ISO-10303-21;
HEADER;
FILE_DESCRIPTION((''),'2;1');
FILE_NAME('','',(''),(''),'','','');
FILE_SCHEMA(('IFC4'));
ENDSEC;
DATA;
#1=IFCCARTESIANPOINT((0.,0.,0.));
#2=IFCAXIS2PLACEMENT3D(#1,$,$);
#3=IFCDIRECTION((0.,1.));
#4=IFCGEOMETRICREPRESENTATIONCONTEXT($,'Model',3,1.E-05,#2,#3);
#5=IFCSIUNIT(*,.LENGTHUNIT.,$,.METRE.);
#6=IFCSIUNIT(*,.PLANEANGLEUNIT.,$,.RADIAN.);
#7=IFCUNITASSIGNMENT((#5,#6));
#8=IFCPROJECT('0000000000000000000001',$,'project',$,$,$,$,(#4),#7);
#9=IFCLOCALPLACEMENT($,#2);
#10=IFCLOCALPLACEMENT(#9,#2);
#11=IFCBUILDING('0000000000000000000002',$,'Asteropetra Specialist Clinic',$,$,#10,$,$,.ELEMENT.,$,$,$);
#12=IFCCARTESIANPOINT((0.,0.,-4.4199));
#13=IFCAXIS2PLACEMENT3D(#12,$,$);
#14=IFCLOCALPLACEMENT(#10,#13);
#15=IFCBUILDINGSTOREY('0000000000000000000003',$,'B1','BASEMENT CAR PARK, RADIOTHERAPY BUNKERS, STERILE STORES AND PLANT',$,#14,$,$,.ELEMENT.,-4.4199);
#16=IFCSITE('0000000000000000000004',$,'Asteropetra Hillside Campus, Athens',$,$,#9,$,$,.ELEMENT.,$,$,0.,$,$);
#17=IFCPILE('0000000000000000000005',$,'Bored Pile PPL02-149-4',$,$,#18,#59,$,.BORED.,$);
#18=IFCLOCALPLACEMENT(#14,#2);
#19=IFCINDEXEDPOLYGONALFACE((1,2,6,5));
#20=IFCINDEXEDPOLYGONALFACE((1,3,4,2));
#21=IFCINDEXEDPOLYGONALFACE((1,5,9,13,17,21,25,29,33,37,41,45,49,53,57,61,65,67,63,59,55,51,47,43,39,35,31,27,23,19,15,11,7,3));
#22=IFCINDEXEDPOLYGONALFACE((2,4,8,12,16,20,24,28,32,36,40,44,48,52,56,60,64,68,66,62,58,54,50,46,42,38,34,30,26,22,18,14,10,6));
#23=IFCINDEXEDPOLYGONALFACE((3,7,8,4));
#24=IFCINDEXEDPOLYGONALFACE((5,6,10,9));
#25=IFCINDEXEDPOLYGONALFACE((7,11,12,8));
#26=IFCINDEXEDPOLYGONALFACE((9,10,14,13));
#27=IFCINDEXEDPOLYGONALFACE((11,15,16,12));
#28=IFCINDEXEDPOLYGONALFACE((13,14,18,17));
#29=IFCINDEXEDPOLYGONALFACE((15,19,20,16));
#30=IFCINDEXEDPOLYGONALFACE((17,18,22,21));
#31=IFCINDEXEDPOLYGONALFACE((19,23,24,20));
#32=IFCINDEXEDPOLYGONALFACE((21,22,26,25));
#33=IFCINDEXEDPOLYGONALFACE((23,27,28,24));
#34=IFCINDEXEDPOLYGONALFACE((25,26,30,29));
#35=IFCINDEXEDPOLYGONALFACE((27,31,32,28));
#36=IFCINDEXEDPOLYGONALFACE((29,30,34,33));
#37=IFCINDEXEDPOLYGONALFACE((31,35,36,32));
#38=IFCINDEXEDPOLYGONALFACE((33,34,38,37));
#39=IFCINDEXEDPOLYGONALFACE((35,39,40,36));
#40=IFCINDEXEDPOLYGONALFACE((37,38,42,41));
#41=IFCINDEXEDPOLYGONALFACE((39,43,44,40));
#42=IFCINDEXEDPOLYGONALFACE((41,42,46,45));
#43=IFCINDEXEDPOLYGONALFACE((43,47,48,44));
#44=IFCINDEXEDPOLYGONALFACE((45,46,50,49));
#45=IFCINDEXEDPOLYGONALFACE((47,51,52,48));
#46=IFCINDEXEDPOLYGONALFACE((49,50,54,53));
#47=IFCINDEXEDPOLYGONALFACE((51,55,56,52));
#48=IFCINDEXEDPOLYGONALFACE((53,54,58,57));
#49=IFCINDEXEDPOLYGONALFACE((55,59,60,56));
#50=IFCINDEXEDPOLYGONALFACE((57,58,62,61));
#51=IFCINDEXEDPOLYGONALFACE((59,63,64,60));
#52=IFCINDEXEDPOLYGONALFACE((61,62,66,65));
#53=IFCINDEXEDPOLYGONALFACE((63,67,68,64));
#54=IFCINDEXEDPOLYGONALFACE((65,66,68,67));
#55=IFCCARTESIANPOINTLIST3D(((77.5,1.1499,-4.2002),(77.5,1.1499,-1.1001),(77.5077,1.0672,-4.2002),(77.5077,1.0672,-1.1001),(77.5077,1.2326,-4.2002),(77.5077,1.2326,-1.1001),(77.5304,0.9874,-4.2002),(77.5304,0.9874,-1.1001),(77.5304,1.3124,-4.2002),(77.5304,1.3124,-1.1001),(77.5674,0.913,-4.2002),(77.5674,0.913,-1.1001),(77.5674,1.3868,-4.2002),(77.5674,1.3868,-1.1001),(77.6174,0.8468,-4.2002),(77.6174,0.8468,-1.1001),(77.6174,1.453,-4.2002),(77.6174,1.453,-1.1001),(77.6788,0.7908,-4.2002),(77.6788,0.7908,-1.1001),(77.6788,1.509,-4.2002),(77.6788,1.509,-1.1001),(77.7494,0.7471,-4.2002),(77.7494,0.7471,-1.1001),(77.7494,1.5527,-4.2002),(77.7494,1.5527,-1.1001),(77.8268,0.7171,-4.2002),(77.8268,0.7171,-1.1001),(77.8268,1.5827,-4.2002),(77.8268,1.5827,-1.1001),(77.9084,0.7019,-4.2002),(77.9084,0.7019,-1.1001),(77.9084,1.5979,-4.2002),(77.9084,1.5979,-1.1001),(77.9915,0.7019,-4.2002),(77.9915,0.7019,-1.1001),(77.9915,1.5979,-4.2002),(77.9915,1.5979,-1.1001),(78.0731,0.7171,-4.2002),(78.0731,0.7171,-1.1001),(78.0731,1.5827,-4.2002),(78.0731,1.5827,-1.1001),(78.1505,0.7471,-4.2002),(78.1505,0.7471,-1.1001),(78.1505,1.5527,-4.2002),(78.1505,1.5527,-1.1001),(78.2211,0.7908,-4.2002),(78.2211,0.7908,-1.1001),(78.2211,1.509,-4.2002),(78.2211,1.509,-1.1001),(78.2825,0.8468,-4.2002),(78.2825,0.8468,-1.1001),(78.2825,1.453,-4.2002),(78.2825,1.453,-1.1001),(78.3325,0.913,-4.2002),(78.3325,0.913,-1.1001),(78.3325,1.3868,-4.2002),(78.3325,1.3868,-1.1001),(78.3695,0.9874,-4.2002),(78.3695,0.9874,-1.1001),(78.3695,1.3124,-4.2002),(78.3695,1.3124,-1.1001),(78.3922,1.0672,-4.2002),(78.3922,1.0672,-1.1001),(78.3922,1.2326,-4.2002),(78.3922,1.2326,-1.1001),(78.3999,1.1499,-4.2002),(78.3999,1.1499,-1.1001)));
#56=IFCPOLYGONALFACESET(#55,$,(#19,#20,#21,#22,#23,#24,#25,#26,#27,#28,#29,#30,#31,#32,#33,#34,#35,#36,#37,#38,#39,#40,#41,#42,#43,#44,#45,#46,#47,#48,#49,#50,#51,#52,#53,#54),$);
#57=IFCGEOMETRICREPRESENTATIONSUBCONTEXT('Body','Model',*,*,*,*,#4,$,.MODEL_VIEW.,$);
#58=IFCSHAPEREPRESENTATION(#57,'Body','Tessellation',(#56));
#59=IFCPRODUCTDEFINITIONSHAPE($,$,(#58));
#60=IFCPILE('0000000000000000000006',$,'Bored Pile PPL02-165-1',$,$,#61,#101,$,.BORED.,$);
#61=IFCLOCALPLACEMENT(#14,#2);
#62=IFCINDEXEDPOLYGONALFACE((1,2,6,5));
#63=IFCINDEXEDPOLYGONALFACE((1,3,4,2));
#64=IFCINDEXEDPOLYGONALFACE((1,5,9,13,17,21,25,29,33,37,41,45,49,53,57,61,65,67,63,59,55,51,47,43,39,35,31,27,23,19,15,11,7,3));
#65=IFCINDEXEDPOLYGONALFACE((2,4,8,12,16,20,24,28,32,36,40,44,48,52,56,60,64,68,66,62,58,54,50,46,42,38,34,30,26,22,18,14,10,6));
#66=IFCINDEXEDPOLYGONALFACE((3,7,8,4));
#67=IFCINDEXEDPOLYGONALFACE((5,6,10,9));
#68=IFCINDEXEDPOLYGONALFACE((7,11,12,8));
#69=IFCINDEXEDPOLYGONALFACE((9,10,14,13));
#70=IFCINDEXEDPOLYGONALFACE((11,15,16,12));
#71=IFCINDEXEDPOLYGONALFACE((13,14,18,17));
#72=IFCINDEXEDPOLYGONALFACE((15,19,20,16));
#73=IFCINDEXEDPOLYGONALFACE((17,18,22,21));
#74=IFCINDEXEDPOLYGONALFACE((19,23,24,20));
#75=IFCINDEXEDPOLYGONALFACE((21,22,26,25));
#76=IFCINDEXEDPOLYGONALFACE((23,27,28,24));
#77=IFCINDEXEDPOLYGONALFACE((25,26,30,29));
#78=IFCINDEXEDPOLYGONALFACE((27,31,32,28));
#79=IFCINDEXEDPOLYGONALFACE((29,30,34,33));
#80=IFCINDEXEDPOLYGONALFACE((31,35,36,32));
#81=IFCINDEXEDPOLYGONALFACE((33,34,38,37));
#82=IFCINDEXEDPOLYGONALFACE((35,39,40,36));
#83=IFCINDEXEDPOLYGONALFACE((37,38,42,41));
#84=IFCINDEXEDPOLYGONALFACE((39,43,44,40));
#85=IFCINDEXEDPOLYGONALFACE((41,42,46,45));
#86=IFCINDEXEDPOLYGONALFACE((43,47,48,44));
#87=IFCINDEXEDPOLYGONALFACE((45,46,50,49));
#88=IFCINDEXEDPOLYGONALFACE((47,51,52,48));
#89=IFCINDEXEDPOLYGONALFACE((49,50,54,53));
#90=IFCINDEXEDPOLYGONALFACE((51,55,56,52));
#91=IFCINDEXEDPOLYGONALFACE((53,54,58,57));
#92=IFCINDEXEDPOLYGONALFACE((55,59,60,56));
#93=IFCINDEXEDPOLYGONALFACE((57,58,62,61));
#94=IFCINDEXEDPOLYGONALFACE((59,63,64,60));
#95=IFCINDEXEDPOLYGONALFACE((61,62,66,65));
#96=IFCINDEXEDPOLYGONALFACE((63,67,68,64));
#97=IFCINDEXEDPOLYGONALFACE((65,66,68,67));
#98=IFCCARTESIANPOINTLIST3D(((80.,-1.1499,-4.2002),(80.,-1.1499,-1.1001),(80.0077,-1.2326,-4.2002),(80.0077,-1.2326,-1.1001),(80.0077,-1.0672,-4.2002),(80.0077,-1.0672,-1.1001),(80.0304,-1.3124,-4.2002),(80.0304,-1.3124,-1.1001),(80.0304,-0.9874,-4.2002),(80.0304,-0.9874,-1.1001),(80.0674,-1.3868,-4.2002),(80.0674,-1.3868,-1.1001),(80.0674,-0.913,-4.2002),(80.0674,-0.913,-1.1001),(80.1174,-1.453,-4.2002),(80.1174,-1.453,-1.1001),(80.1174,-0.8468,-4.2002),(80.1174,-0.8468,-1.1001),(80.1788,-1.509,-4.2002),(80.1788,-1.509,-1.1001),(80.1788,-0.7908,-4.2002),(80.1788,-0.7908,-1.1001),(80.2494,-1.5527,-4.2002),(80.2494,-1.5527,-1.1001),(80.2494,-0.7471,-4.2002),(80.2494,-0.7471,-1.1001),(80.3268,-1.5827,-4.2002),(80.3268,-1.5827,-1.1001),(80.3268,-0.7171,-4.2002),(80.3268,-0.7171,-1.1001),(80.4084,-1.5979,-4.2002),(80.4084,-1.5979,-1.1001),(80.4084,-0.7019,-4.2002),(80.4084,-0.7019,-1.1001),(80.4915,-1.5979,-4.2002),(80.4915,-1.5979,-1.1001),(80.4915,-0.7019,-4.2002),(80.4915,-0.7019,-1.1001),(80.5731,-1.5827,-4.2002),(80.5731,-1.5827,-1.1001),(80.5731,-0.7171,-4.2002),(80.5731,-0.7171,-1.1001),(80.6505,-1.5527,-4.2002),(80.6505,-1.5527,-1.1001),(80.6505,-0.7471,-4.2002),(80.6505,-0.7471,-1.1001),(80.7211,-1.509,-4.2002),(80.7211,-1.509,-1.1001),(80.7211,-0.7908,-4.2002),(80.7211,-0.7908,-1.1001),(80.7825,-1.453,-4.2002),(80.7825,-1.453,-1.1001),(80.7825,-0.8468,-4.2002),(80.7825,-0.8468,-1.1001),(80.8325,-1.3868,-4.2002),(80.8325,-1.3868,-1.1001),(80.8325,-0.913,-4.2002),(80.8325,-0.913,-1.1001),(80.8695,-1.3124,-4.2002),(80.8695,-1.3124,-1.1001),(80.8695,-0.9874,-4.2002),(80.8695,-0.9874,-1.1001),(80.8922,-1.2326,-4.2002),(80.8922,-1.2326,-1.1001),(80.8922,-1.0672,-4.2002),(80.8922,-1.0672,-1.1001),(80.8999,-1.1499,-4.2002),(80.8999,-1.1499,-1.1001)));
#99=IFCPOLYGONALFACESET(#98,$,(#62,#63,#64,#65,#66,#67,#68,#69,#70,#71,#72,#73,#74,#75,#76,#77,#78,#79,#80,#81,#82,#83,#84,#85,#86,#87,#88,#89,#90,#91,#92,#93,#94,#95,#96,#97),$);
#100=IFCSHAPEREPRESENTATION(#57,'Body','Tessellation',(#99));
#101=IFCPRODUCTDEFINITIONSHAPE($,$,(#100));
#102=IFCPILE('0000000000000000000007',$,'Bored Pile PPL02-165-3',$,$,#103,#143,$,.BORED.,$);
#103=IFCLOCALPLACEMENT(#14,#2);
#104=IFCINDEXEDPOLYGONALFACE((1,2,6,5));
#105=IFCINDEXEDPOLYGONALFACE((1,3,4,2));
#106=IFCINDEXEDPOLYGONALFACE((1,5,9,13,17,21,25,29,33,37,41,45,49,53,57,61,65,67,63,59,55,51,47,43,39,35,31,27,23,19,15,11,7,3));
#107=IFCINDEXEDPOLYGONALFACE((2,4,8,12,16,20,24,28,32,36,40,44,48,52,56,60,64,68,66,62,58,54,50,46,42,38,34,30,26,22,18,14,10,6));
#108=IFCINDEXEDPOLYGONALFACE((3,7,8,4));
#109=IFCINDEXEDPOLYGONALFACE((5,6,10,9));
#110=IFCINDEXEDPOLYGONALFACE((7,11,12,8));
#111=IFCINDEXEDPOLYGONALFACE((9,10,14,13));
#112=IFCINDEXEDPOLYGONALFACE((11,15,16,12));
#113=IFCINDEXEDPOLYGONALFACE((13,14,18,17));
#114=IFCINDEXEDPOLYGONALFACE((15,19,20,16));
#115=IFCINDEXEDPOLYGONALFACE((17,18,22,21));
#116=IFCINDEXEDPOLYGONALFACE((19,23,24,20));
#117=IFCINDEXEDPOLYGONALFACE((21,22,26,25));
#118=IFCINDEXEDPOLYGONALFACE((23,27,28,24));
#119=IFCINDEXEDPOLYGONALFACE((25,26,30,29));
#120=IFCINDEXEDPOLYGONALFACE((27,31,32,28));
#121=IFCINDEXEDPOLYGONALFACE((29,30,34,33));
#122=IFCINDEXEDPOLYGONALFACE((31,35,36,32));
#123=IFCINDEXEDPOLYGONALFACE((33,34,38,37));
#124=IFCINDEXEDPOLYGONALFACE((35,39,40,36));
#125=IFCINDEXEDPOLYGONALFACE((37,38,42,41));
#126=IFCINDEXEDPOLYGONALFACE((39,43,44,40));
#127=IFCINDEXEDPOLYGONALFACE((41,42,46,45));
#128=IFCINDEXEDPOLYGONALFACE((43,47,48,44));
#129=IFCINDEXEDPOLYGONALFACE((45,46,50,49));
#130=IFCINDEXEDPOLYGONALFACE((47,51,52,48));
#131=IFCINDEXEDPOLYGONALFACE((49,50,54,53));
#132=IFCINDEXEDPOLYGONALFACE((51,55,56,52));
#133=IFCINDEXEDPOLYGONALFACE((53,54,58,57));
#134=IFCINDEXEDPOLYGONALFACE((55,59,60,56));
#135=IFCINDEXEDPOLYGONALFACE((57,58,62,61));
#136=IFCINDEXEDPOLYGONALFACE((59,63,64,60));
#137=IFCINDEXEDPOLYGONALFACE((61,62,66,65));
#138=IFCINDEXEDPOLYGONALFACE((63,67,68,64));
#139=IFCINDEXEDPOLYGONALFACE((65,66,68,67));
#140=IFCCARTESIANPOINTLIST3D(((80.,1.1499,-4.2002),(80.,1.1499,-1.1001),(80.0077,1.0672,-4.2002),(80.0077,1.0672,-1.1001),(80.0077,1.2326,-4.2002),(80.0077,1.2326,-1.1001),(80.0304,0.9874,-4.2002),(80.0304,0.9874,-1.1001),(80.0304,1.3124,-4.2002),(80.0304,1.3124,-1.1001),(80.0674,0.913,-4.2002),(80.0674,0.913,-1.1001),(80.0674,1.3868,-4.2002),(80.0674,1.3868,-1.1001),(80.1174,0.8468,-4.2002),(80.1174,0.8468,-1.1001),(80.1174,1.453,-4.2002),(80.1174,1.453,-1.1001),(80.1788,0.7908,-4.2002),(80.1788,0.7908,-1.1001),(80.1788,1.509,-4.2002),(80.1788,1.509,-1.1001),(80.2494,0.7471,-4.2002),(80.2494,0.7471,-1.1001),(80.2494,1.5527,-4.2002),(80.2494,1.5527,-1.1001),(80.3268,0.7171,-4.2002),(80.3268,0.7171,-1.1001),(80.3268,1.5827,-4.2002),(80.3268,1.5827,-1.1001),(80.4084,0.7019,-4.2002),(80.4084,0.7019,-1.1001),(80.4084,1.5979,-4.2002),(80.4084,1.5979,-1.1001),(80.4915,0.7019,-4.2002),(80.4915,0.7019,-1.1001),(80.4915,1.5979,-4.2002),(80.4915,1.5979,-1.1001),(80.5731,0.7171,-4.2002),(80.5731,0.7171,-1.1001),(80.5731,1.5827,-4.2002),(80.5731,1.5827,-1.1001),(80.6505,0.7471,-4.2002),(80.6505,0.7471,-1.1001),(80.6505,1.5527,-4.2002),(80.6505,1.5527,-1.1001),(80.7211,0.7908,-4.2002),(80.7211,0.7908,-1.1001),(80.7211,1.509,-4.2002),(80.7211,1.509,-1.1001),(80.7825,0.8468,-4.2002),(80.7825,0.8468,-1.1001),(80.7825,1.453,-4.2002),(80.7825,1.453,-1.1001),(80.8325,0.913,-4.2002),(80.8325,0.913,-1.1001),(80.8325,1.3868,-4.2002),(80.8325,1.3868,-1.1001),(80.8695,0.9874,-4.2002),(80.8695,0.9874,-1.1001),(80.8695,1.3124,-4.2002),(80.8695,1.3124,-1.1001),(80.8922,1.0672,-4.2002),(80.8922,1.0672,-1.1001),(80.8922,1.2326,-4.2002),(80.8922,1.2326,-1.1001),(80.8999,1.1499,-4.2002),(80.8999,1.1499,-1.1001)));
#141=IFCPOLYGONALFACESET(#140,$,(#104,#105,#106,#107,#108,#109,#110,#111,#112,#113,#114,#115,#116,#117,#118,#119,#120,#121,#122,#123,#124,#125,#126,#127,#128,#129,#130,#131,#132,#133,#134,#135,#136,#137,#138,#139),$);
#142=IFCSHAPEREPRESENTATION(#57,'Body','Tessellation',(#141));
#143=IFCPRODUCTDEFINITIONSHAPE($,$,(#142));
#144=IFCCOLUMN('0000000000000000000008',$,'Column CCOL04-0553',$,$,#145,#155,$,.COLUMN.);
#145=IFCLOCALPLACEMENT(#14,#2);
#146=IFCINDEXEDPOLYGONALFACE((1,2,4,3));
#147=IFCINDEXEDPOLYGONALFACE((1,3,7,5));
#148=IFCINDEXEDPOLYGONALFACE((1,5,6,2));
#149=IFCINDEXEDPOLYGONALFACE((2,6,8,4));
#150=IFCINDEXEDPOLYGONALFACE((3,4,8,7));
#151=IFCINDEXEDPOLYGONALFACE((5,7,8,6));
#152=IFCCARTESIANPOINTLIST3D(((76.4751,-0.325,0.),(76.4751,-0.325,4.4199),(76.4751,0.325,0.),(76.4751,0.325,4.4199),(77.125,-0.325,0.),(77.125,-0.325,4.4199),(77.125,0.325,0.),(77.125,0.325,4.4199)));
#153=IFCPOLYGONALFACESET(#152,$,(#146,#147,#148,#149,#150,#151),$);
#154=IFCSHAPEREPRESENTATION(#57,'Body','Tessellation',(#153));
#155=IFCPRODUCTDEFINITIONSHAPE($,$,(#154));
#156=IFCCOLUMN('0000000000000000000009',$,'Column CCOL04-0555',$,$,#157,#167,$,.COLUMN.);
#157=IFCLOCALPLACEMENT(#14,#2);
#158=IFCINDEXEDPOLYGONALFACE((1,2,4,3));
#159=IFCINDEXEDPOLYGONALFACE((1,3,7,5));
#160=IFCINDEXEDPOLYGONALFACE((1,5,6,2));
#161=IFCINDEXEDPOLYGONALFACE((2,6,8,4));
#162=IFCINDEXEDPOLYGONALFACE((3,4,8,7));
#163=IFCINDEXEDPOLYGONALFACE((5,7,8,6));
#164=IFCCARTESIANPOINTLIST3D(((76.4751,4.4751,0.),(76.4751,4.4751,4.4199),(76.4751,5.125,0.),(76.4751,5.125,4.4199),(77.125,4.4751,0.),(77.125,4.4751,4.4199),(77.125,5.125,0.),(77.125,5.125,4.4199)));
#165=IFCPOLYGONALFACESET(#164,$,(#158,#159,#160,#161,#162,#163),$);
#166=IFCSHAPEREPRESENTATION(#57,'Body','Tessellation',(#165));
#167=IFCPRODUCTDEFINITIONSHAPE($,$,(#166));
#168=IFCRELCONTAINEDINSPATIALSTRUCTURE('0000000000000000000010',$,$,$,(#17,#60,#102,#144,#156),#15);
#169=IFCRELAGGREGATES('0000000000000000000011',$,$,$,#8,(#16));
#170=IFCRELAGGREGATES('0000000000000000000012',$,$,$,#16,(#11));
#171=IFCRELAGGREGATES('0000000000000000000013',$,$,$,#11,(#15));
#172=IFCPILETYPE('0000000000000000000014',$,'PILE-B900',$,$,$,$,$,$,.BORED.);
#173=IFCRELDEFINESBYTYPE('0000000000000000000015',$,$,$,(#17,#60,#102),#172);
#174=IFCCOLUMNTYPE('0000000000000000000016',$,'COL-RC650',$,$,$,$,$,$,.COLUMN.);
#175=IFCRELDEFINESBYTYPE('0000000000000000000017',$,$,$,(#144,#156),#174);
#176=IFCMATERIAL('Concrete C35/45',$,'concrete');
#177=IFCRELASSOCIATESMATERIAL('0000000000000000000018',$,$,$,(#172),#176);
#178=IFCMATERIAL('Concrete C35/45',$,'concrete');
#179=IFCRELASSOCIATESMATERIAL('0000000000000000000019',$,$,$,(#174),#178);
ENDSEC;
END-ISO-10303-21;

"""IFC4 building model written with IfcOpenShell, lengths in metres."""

from ifc_helpers import new_model, si_unit, direction, frame, origin, origin_2d, place, context, subcontext, project, spatial, rectangle, circle, extrude, material, material_profile, profile_set, type_object, element, save


model = new_model("IFC4")

# Units and contexts
model_context = context("Model", 3, precision=1e-05, world=origin(), true_north=direction((0.0, 1.0)))
body_context = subcontext(model_context, "Body", "Model", "MODEL_VIEW")
ifc_project = project(units=[si_unit("LENGTHUNIT", "METRE"), si_unit("PLANEANGLEUNIT", "RADIAN")], contexts=[model_context])

# Site, building, storey
site_placement = place(None, origin())
site = spatial("IfcSite", under=ifc_project, at=site_placement, Name="Asteropetra Hillside Campus, Athens", CompositionType="ELEMENT", RefElevation=0.0)
building_placement = place(site_placement, origin())
building = spatial("IfcBuilding", under=site, at=building_placement, Name="Asteropetra Specialist Clinic", CompositionType="ELEMENT")
storey_placement = place(building_placement, frame((0.0, 0.0, -4.4199)))
storey = spatial("IfcBuildingStorey", under=building, at=storey_placement, Name="B1", Description="BASEMENT CAR PARK, RADIOTHERAPY BUNKERS, STERILE STORES AND PLANT", CompositionType="ELEMENT", Elevation=-4.4199)

# Piles
ifc_material_1 = material(Name="Concrete C35/45", Category="concrete")
ifc_material_profile_1 = material_profile(ifc_material_1, circle(Radius=0.45, at=origin_2d()), Name="PILE D900")
ifc_profile_set_1 = profile_set([ifc_material_profile_1], Name="Concrete C35/45")
pile_type_1 = type_object("IfcPileType", Name="PILE-B900", PredefinedType="BORED", material=ifc_profile_set_1)
for number, where, z_axis, x_axis, name in (
    (1, (77.95, 1.1499, -1.1001), (0.0, 0.0, -1.0), (1.0, 0.0, 0.0), "Bored Pile PPL02-149-4"),
    (2, (80.45, -1.1499, -1.1001), (0.0, 0.0, -1.0), (1.0, 0.0, 0.0), "Bored Pile PPL02-165-1"),
    (3, (80.45, 1.1499, -1.1001), (0.0, 0.0, -1.0), (1.0, 0.0, 0.0), "Bored Pile PPL02-165-3"),
):
    element("IfcPile", number, at=place(storey_placement, frame(where, z_axis=z_axis, x_axis=x_axis)), inside=storey, type_object=pile_type_1, Name=name, PredefinedType="BORED", context=body_context, shape_type="SweptSolid", body=[
        extrude(circle(Radius=0.45, at=origin_2d()), origin(), (0.0, 0.0, 1.0), 3.1001),
    ])

# Columns
ifc_material_2 = material(Name="Concrete C35/45", Category="concrete")
ifc_material_profile_2 = material_profile(ifc_material_2, rectangle(XDim=0.6499, YDim=0.6499, at=origin_2d()), Name="RC 650x650")
ifc_profile_set_2 = profile_set([ifc_material_profile_2], Name="Concrete C35/45")
column_type = type_object("IfcColumnType", Name="COL-RC650", PredefinedType="COLUMN", material=ifc_profile_set_2)
for number, where, z_axis, x_axis, name in (
    (4, (76.8, 0.0, 0.0), (0.0, 0.0, 1.0), (1.0, 0.0, 0.0), "Column CCOL04-0553"),
    (5, (76.8, 4.8, 0.0), (0.0, 0.0, 1.0), (1.0, 0.0, 0.0), "Column CCOL04-0555"),
):
    element("IfcColumn", number, at=place(storey_placement, frame(where, z_axis=z_axis, x_axis=x_axis)), inside=storey, type_object=column_type, Name=name, PredefinedType="COLUMN", context=body_context, shape_type="SweptSolid", body=[
        extrude(rectangle(XDim=0.6499, YDim=0.6499, at=origin_2d()), origin(), (0.0, 0.0, 1.0), 4.4199),
    ])

save(model, "model.ifc")
